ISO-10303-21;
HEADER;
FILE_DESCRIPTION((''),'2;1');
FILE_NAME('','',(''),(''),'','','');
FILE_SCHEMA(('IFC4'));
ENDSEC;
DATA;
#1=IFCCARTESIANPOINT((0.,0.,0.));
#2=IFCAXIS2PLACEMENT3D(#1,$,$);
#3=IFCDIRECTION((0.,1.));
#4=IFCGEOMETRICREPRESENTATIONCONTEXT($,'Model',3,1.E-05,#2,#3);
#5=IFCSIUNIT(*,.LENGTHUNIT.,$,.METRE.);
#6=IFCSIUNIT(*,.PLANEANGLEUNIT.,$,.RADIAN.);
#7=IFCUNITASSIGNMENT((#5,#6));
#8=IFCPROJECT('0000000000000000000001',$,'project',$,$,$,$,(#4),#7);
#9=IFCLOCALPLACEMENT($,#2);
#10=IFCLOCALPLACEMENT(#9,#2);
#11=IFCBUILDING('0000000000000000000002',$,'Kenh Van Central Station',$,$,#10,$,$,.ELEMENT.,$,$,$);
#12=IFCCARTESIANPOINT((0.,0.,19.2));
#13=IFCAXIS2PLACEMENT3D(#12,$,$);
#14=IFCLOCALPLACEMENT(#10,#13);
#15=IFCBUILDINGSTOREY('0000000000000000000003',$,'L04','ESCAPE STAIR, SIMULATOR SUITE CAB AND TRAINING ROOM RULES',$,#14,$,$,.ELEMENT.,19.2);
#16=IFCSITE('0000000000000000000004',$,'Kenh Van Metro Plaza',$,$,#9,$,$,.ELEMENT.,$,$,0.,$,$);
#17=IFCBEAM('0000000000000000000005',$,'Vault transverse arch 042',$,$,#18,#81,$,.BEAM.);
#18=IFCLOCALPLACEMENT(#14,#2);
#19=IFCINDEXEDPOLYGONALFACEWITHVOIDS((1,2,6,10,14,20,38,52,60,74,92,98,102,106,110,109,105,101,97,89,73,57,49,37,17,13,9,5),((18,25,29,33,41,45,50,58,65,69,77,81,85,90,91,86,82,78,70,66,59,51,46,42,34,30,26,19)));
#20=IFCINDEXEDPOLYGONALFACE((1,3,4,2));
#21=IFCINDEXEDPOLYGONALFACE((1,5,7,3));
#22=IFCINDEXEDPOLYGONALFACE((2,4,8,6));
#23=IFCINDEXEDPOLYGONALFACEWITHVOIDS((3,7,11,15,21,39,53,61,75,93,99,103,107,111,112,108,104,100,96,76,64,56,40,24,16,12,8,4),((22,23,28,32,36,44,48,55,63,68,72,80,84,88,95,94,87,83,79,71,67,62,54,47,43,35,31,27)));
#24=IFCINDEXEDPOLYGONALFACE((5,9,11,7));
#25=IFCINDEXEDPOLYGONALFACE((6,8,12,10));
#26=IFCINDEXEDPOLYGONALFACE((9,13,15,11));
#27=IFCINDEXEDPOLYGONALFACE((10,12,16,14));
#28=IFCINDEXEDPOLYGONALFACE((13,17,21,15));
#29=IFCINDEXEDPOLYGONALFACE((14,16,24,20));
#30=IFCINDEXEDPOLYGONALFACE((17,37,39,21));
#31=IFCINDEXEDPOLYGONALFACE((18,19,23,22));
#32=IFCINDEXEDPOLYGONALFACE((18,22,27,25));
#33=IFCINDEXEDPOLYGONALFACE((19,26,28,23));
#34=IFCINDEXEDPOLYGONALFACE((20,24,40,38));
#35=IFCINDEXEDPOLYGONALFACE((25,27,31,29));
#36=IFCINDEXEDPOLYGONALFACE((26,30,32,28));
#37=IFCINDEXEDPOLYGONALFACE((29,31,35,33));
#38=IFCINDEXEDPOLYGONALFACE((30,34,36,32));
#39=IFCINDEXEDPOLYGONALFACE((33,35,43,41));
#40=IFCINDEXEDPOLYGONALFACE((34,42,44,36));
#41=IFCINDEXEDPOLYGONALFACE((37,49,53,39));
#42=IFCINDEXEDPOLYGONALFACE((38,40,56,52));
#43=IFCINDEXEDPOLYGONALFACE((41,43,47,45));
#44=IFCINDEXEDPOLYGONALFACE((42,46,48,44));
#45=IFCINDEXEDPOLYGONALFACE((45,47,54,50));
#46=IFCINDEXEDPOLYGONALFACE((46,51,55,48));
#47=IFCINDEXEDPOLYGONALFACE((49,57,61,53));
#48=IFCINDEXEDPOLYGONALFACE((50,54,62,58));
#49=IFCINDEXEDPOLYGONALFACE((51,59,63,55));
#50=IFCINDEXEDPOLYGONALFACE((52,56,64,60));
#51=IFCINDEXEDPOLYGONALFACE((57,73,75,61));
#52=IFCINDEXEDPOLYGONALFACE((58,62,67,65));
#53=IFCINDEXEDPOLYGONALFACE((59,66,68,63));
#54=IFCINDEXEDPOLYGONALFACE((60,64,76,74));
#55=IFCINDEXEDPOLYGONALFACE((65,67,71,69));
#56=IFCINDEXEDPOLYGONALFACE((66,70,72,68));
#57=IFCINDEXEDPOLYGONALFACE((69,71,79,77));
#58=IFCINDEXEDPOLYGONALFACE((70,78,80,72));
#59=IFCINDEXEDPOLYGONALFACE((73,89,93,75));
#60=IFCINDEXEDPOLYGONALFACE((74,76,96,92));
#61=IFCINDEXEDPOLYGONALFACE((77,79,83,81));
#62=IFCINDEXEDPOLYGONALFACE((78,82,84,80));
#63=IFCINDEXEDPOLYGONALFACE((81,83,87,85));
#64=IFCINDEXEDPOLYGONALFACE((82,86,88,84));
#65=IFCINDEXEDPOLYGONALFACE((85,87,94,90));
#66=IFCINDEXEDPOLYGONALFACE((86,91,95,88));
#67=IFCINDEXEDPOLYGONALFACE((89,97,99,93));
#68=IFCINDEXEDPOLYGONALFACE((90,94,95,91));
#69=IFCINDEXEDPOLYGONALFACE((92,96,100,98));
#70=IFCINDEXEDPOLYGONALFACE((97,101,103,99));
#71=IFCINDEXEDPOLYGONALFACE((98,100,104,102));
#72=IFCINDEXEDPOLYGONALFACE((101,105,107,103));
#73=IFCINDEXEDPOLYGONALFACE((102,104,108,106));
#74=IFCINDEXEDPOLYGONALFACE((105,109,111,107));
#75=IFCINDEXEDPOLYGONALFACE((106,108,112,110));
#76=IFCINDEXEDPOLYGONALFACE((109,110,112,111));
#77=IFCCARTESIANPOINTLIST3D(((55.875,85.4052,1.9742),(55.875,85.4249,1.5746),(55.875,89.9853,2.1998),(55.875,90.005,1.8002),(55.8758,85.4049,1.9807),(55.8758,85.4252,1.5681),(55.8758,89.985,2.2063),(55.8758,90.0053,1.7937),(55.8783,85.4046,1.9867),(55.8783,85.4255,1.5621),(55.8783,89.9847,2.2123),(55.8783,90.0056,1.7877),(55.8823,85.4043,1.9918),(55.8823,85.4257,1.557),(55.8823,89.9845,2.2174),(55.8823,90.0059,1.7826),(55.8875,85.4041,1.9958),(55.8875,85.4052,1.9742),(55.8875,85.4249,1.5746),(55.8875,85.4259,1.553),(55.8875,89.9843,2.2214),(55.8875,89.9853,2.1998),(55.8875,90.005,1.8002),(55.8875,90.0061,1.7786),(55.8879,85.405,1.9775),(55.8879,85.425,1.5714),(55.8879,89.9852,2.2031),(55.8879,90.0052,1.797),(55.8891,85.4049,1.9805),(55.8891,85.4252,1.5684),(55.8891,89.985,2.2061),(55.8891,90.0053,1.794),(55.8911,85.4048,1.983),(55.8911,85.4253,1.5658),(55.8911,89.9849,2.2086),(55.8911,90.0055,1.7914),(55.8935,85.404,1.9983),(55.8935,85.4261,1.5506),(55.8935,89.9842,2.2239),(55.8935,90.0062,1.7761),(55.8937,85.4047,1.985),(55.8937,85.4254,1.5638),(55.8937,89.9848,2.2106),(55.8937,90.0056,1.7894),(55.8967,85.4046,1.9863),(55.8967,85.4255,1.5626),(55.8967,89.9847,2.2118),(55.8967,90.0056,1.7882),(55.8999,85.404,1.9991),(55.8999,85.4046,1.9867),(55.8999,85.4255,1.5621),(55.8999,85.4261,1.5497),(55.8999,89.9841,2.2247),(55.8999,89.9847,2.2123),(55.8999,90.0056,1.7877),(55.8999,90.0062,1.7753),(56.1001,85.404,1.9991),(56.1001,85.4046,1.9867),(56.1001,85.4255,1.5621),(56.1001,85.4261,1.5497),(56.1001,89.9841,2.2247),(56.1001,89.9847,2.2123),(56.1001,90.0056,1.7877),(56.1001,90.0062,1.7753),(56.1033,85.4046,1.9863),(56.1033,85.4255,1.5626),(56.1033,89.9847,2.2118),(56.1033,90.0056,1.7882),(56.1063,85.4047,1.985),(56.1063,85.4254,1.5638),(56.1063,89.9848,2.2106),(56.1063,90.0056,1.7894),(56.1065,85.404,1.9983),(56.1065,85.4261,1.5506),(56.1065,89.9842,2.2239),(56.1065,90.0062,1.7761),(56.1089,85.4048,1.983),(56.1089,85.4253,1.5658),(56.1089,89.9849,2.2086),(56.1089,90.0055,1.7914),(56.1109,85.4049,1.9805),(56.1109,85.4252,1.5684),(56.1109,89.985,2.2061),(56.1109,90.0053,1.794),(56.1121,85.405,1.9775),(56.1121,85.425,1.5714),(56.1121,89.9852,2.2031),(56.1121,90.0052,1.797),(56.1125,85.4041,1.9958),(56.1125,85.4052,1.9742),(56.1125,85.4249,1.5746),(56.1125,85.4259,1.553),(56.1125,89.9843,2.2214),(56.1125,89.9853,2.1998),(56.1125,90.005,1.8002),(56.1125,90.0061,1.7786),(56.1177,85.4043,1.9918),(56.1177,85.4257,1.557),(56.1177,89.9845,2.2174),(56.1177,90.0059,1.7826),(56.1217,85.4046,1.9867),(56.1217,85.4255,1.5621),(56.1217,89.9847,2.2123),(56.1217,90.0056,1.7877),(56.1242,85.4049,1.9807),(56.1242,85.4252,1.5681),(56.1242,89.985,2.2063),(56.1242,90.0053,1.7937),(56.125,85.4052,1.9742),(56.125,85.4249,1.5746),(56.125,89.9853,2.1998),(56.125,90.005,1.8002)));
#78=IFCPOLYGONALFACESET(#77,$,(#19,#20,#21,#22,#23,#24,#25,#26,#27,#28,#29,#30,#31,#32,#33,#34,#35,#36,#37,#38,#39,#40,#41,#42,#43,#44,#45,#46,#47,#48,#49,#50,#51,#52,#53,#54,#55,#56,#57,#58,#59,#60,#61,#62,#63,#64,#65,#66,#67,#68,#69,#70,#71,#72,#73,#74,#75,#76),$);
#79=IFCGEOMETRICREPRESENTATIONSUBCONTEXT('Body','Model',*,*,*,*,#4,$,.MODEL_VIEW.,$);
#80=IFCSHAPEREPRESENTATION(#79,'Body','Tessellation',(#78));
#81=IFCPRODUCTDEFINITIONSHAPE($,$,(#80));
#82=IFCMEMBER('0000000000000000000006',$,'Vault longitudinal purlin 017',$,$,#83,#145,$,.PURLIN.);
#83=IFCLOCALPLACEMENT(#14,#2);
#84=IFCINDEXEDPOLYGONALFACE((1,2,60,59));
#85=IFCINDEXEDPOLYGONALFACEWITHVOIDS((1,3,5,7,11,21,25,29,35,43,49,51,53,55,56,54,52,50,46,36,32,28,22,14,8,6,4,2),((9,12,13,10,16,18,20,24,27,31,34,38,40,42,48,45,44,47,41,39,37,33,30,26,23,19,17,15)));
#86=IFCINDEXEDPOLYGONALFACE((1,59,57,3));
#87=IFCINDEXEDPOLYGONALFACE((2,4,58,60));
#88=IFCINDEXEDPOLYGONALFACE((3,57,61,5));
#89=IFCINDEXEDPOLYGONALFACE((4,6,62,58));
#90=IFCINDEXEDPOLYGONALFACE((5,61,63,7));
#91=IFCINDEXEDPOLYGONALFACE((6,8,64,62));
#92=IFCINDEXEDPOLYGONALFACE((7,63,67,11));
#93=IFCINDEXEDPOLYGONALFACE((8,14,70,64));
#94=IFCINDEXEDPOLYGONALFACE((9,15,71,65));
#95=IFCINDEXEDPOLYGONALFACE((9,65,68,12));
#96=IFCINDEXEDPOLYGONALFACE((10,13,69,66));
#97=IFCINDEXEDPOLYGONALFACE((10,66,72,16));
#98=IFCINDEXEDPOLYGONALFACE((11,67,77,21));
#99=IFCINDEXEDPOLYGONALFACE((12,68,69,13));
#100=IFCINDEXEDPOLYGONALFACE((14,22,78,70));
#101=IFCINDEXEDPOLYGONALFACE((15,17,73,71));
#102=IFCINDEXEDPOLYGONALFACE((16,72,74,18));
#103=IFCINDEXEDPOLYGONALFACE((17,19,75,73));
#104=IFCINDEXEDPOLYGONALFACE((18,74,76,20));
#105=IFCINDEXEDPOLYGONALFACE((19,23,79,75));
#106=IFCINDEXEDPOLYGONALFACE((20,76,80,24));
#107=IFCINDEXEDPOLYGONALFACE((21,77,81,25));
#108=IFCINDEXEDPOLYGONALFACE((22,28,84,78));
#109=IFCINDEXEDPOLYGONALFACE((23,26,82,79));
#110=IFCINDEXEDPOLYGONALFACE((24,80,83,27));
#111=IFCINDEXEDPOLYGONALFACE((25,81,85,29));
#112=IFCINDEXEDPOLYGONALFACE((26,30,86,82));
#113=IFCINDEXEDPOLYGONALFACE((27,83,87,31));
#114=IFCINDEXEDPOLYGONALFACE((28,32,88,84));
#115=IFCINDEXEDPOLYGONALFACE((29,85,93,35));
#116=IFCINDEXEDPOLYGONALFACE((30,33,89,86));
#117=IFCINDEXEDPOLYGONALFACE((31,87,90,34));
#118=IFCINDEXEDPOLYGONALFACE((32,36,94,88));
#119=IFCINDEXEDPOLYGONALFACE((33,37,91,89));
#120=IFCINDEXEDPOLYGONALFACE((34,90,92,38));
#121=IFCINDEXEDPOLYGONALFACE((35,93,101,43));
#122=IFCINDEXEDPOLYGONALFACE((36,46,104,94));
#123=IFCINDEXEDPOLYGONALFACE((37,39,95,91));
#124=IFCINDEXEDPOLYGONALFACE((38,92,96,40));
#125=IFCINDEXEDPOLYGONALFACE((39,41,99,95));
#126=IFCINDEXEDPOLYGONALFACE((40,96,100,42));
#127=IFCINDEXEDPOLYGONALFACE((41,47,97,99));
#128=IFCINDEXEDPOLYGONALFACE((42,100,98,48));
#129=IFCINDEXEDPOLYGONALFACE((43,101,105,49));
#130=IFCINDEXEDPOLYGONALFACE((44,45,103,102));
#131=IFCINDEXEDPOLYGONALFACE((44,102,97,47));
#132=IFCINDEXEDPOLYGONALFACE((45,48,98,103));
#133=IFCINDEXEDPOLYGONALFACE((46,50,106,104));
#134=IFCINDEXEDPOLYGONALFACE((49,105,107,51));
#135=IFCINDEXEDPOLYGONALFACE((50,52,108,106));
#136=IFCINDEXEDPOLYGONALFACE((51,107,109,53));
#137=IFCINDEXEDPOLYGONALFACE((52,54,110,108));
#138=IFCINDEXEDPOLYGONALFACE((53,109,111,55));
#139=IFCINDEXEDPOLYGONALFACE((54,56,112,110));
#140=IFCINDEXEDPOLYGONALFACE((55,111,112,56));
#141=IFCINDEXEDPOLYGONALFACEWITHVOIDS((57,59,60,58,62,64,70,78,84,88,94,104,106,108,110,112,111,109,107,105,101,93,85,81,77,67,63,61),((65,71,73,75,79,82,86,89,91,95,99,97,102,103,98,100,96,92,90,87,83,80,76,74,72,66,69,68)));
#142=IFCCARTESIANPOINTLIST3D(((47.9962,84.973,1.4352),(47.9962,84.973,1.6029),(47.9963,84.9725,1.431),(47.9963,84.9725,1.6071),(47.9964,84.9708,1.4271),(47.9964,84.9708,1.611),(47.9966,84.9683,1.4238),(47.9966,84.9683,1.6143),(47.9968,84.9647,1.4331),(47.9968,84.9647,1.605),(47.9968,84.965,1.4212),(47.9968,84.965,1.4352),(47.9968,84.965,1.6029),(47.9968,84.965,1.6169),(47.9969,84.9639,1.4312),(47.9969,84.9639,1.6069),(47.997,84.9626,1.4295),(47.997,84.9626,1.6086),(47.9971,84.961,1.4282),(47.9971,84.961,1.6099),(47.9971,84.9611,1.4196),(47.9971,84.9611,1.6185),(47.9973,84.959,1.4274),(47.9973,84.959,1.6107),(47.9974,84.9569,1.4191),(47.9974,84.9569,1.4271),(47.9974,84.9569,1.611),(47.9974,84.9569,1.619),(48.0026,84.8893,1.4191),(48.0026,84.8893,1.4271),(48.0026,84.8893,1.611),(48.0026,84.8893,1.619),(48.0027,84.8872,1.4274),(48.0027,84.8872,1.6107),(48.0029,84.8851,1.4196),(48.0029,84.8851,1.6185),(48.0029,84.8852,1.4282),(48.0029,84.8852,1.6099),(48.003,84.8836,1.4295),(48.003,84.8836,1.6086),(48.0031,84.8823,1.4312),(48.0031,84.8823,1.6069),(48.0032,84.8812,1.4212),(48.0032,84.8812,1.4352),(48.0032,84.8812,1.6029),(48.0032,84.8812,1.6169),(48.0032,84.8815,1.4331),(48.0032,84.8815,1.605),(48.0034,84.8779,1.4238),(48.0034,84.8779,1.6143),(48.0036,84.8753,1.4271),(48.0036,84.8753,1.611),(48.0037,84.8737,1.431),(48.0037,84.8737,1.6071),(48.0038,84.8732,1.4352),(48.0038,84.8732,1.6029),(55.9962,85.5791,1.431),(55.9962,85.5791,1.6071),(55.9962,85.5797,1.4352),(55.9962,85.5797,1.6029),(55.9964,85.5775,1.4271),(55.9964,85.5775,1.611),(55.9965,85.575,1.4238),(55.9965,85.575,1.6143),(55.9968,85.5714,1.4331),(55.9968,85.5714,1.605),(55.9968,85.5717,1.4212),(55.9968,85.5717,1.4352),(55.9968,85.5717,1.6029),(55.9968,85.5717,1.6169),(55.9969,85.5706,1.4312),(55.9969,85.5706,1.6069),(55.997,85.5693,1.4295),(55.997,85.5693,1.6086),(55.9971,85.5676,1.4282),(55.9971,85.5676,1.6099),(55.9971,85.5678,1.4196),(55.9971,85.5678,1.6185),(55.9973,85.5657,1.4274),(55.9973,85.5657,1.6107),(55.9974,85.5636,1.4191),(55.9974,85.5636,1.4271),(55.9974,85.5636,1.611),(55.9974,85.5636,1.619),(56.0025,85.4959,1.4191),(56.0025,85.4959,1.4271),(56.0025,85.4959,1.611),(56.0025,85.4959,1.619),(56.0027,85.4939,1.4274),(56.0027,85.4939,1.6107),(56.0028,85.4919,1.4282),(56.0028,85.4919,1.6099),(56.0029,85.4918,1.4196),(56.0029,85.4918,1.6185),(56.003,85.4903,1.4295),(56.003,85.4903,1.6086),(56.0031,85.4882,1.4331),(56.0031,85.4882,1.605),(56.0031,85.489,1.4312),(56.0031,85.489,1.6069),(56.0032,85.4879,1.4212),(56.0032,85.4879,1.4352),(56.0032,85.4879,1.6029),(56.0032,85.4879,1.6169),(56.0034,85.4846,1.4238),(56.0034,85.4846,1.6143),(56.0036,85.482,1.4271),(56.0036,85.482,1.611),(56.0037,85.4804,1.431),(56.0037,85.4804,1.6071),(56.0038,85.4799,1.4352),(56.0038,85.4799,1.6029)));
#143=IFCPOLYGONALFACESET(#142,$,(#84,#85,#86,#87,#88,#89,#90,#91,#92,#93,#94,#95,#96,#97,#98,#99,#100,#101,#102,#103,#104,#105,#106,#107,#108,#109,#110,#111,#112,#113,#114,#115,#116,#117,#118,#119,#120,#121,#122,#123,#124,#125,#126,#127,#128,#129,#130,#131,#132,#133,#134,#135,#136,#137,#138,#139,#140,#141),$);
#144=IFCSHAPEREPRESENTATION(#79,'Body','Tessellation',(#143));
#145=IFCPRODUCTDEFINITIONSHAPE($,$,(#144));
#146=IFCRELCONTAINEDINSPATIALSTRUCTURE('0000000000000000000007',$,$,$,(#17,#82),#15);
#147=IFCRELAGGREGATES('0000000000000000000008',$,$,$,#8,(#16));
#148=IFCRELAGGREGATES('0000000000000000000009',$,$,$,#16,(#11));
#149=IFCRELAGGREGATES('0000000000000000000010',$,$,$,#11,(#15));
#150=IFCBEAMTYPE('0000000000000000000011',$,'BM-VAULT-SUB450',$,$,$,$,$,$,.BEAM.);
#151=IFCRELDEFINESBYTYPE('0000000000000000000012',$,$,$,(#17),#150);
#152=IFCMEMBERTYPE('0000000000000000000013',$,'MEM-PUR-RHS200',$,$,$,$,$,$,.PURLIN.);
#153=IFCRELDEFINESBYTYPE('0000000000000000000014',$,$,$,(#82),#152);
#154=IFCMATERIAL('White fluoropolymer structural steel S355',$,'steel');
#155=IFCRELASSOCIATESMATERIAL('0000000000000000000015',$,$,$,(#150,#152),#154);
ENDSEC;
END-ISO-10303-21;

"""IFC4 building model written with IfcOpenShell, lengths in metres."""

from ifc_helpers import new_model, si_unit, direction, frame, origin, origin_2d, place, context, subcontext, project, spatial, hollow_rectangle, extrude, material, material_profile, profile_set, type_object, element, save


model = new_model("IFC4")

# Units and contexts
model_context = context("Model", 3, precision=1e-05, world=origin(), true_north=direction((0.0, 1.0)))
body_context = subcontext(model_context, "Body", "Model", "MODEL_VIEW")
ifc_project = project(units=[si_unit("LENGTHUNIT", "METRE"), si_unit("PLANEANGLEUNIT", "RADIAN")], contexts=[model_context])

# Site, building, storey
site_placement = place(None, origin())
site = spatial("IfcSite", under=ifc_project, at=site_placement, Name="Kenh Van Metro Plaza", CompositionType="ELEMENT", RefElevation=0.0)
building_placement = place(site_placement, origin())
building = spatial("IfcBuilding", under=site, at=building_placement, Name="Kenh Van Central Station", CompositionType="ELEMENT")
storey_placement = place(building_placement, frame((0.0, 0.0, 19.2)))
storey = spatial("IfcBuildingStorey", under=building, at=storey_placement, Name="L04", Description="ESCAPE STAIR, SIMULATOR SUITE CAB AND TRAINING ROOM RULES", CompositionType="ELEMENT", Elevation=19.2)

# Beam
ifc_material_1 = material(Name="White fluoropolymer structural steel S355", Category="steel")
ifc_material_profile_1 = material_profile(ifc_material_1, hollow_rectangle(XDim=0.25, YDim=0.45, WallThickness=0.0125, InnerFilletRadius=0.0125, OuterFilletRadius=0.0249, at=origin_2d()), Name="RHS 450x250x12.5")
ifc_profile_set_1 = profile_set([ifc_material_profile_1], Name="White fluoropolymer structural steel S355")
beam_type_1 = type_object("IfcBeamType", Name="BM-VAULT-SUB450", PredefinedType="BEAM", material=ifc_profile_set_1)
beam_placement = place(storey_placement, frame((56.0, 85.415, 1.7744), z_axis=(0.0, 0.998789, 0.049194), x_axis=(-1.0, 0.0, 0.0)))
element("IfcBeam", 1, at=beam_placement, inside=storey, type_object=beam_type_1, Name="Vault transverse arch 042", PredefinedType="BEAM", context=body_context, shape_type="SweptSolid", body=[
    extrude(hollow_rectangle(XDim=0.25, YDim=0.45, WallThickness=0.0125, InnerFilletRadius=0.0125, OuterFilletRadius=0.0249, at=origin_2d()), origin(), (0.0, 0.0, 1.0), 4.5857),
])

# Member
ifc_material_profile_2 = material_profile(ifc_material_1, hollow_rectangle(XDim=0.1001, YDim=0.2, WallThickness=0.0081, InnerFilletRadius=0.0081, OuterFilletRadius=0.0161, at=origin_2d()), Name="RHS 200x100x8")
ifc_profile_set_2 = profile_set([ifc_material_profile_2], Name="White fluoropolymer structural steel S355")
member_type_1 = type_object("IfcMemberType", Name="MEM-PUR-RHS200", PredefinedType="PURLIN", material=ifc_profile_set_2)
member_1_placement = place(storey_placement, frame((48.0, 84.9231, 1.519), z_axis=(0.997137, 0.075619, 0.0), x_axis=(-0.075619, 0.997137, 0.0)))
element("IfcMember", 2, at=member_1_placement, inside=storey, type_object=member_type_1, Name="Vault longitudinal purlin 017", PredefinedType="PURLIN", context=body_context, shape_type="SweptSolid", body=[
    extrude(hollow_rectangle(XDim=0.1001, YDim=0.2, WallThickness=0.0081, InnerFilletRadius=0.0081, OuterFilletRadius=0.0161, at=origin_2d()), origin(), (0.0, 0.0, 1.0), 8.0229),
])

save(model, "model.ifc")
